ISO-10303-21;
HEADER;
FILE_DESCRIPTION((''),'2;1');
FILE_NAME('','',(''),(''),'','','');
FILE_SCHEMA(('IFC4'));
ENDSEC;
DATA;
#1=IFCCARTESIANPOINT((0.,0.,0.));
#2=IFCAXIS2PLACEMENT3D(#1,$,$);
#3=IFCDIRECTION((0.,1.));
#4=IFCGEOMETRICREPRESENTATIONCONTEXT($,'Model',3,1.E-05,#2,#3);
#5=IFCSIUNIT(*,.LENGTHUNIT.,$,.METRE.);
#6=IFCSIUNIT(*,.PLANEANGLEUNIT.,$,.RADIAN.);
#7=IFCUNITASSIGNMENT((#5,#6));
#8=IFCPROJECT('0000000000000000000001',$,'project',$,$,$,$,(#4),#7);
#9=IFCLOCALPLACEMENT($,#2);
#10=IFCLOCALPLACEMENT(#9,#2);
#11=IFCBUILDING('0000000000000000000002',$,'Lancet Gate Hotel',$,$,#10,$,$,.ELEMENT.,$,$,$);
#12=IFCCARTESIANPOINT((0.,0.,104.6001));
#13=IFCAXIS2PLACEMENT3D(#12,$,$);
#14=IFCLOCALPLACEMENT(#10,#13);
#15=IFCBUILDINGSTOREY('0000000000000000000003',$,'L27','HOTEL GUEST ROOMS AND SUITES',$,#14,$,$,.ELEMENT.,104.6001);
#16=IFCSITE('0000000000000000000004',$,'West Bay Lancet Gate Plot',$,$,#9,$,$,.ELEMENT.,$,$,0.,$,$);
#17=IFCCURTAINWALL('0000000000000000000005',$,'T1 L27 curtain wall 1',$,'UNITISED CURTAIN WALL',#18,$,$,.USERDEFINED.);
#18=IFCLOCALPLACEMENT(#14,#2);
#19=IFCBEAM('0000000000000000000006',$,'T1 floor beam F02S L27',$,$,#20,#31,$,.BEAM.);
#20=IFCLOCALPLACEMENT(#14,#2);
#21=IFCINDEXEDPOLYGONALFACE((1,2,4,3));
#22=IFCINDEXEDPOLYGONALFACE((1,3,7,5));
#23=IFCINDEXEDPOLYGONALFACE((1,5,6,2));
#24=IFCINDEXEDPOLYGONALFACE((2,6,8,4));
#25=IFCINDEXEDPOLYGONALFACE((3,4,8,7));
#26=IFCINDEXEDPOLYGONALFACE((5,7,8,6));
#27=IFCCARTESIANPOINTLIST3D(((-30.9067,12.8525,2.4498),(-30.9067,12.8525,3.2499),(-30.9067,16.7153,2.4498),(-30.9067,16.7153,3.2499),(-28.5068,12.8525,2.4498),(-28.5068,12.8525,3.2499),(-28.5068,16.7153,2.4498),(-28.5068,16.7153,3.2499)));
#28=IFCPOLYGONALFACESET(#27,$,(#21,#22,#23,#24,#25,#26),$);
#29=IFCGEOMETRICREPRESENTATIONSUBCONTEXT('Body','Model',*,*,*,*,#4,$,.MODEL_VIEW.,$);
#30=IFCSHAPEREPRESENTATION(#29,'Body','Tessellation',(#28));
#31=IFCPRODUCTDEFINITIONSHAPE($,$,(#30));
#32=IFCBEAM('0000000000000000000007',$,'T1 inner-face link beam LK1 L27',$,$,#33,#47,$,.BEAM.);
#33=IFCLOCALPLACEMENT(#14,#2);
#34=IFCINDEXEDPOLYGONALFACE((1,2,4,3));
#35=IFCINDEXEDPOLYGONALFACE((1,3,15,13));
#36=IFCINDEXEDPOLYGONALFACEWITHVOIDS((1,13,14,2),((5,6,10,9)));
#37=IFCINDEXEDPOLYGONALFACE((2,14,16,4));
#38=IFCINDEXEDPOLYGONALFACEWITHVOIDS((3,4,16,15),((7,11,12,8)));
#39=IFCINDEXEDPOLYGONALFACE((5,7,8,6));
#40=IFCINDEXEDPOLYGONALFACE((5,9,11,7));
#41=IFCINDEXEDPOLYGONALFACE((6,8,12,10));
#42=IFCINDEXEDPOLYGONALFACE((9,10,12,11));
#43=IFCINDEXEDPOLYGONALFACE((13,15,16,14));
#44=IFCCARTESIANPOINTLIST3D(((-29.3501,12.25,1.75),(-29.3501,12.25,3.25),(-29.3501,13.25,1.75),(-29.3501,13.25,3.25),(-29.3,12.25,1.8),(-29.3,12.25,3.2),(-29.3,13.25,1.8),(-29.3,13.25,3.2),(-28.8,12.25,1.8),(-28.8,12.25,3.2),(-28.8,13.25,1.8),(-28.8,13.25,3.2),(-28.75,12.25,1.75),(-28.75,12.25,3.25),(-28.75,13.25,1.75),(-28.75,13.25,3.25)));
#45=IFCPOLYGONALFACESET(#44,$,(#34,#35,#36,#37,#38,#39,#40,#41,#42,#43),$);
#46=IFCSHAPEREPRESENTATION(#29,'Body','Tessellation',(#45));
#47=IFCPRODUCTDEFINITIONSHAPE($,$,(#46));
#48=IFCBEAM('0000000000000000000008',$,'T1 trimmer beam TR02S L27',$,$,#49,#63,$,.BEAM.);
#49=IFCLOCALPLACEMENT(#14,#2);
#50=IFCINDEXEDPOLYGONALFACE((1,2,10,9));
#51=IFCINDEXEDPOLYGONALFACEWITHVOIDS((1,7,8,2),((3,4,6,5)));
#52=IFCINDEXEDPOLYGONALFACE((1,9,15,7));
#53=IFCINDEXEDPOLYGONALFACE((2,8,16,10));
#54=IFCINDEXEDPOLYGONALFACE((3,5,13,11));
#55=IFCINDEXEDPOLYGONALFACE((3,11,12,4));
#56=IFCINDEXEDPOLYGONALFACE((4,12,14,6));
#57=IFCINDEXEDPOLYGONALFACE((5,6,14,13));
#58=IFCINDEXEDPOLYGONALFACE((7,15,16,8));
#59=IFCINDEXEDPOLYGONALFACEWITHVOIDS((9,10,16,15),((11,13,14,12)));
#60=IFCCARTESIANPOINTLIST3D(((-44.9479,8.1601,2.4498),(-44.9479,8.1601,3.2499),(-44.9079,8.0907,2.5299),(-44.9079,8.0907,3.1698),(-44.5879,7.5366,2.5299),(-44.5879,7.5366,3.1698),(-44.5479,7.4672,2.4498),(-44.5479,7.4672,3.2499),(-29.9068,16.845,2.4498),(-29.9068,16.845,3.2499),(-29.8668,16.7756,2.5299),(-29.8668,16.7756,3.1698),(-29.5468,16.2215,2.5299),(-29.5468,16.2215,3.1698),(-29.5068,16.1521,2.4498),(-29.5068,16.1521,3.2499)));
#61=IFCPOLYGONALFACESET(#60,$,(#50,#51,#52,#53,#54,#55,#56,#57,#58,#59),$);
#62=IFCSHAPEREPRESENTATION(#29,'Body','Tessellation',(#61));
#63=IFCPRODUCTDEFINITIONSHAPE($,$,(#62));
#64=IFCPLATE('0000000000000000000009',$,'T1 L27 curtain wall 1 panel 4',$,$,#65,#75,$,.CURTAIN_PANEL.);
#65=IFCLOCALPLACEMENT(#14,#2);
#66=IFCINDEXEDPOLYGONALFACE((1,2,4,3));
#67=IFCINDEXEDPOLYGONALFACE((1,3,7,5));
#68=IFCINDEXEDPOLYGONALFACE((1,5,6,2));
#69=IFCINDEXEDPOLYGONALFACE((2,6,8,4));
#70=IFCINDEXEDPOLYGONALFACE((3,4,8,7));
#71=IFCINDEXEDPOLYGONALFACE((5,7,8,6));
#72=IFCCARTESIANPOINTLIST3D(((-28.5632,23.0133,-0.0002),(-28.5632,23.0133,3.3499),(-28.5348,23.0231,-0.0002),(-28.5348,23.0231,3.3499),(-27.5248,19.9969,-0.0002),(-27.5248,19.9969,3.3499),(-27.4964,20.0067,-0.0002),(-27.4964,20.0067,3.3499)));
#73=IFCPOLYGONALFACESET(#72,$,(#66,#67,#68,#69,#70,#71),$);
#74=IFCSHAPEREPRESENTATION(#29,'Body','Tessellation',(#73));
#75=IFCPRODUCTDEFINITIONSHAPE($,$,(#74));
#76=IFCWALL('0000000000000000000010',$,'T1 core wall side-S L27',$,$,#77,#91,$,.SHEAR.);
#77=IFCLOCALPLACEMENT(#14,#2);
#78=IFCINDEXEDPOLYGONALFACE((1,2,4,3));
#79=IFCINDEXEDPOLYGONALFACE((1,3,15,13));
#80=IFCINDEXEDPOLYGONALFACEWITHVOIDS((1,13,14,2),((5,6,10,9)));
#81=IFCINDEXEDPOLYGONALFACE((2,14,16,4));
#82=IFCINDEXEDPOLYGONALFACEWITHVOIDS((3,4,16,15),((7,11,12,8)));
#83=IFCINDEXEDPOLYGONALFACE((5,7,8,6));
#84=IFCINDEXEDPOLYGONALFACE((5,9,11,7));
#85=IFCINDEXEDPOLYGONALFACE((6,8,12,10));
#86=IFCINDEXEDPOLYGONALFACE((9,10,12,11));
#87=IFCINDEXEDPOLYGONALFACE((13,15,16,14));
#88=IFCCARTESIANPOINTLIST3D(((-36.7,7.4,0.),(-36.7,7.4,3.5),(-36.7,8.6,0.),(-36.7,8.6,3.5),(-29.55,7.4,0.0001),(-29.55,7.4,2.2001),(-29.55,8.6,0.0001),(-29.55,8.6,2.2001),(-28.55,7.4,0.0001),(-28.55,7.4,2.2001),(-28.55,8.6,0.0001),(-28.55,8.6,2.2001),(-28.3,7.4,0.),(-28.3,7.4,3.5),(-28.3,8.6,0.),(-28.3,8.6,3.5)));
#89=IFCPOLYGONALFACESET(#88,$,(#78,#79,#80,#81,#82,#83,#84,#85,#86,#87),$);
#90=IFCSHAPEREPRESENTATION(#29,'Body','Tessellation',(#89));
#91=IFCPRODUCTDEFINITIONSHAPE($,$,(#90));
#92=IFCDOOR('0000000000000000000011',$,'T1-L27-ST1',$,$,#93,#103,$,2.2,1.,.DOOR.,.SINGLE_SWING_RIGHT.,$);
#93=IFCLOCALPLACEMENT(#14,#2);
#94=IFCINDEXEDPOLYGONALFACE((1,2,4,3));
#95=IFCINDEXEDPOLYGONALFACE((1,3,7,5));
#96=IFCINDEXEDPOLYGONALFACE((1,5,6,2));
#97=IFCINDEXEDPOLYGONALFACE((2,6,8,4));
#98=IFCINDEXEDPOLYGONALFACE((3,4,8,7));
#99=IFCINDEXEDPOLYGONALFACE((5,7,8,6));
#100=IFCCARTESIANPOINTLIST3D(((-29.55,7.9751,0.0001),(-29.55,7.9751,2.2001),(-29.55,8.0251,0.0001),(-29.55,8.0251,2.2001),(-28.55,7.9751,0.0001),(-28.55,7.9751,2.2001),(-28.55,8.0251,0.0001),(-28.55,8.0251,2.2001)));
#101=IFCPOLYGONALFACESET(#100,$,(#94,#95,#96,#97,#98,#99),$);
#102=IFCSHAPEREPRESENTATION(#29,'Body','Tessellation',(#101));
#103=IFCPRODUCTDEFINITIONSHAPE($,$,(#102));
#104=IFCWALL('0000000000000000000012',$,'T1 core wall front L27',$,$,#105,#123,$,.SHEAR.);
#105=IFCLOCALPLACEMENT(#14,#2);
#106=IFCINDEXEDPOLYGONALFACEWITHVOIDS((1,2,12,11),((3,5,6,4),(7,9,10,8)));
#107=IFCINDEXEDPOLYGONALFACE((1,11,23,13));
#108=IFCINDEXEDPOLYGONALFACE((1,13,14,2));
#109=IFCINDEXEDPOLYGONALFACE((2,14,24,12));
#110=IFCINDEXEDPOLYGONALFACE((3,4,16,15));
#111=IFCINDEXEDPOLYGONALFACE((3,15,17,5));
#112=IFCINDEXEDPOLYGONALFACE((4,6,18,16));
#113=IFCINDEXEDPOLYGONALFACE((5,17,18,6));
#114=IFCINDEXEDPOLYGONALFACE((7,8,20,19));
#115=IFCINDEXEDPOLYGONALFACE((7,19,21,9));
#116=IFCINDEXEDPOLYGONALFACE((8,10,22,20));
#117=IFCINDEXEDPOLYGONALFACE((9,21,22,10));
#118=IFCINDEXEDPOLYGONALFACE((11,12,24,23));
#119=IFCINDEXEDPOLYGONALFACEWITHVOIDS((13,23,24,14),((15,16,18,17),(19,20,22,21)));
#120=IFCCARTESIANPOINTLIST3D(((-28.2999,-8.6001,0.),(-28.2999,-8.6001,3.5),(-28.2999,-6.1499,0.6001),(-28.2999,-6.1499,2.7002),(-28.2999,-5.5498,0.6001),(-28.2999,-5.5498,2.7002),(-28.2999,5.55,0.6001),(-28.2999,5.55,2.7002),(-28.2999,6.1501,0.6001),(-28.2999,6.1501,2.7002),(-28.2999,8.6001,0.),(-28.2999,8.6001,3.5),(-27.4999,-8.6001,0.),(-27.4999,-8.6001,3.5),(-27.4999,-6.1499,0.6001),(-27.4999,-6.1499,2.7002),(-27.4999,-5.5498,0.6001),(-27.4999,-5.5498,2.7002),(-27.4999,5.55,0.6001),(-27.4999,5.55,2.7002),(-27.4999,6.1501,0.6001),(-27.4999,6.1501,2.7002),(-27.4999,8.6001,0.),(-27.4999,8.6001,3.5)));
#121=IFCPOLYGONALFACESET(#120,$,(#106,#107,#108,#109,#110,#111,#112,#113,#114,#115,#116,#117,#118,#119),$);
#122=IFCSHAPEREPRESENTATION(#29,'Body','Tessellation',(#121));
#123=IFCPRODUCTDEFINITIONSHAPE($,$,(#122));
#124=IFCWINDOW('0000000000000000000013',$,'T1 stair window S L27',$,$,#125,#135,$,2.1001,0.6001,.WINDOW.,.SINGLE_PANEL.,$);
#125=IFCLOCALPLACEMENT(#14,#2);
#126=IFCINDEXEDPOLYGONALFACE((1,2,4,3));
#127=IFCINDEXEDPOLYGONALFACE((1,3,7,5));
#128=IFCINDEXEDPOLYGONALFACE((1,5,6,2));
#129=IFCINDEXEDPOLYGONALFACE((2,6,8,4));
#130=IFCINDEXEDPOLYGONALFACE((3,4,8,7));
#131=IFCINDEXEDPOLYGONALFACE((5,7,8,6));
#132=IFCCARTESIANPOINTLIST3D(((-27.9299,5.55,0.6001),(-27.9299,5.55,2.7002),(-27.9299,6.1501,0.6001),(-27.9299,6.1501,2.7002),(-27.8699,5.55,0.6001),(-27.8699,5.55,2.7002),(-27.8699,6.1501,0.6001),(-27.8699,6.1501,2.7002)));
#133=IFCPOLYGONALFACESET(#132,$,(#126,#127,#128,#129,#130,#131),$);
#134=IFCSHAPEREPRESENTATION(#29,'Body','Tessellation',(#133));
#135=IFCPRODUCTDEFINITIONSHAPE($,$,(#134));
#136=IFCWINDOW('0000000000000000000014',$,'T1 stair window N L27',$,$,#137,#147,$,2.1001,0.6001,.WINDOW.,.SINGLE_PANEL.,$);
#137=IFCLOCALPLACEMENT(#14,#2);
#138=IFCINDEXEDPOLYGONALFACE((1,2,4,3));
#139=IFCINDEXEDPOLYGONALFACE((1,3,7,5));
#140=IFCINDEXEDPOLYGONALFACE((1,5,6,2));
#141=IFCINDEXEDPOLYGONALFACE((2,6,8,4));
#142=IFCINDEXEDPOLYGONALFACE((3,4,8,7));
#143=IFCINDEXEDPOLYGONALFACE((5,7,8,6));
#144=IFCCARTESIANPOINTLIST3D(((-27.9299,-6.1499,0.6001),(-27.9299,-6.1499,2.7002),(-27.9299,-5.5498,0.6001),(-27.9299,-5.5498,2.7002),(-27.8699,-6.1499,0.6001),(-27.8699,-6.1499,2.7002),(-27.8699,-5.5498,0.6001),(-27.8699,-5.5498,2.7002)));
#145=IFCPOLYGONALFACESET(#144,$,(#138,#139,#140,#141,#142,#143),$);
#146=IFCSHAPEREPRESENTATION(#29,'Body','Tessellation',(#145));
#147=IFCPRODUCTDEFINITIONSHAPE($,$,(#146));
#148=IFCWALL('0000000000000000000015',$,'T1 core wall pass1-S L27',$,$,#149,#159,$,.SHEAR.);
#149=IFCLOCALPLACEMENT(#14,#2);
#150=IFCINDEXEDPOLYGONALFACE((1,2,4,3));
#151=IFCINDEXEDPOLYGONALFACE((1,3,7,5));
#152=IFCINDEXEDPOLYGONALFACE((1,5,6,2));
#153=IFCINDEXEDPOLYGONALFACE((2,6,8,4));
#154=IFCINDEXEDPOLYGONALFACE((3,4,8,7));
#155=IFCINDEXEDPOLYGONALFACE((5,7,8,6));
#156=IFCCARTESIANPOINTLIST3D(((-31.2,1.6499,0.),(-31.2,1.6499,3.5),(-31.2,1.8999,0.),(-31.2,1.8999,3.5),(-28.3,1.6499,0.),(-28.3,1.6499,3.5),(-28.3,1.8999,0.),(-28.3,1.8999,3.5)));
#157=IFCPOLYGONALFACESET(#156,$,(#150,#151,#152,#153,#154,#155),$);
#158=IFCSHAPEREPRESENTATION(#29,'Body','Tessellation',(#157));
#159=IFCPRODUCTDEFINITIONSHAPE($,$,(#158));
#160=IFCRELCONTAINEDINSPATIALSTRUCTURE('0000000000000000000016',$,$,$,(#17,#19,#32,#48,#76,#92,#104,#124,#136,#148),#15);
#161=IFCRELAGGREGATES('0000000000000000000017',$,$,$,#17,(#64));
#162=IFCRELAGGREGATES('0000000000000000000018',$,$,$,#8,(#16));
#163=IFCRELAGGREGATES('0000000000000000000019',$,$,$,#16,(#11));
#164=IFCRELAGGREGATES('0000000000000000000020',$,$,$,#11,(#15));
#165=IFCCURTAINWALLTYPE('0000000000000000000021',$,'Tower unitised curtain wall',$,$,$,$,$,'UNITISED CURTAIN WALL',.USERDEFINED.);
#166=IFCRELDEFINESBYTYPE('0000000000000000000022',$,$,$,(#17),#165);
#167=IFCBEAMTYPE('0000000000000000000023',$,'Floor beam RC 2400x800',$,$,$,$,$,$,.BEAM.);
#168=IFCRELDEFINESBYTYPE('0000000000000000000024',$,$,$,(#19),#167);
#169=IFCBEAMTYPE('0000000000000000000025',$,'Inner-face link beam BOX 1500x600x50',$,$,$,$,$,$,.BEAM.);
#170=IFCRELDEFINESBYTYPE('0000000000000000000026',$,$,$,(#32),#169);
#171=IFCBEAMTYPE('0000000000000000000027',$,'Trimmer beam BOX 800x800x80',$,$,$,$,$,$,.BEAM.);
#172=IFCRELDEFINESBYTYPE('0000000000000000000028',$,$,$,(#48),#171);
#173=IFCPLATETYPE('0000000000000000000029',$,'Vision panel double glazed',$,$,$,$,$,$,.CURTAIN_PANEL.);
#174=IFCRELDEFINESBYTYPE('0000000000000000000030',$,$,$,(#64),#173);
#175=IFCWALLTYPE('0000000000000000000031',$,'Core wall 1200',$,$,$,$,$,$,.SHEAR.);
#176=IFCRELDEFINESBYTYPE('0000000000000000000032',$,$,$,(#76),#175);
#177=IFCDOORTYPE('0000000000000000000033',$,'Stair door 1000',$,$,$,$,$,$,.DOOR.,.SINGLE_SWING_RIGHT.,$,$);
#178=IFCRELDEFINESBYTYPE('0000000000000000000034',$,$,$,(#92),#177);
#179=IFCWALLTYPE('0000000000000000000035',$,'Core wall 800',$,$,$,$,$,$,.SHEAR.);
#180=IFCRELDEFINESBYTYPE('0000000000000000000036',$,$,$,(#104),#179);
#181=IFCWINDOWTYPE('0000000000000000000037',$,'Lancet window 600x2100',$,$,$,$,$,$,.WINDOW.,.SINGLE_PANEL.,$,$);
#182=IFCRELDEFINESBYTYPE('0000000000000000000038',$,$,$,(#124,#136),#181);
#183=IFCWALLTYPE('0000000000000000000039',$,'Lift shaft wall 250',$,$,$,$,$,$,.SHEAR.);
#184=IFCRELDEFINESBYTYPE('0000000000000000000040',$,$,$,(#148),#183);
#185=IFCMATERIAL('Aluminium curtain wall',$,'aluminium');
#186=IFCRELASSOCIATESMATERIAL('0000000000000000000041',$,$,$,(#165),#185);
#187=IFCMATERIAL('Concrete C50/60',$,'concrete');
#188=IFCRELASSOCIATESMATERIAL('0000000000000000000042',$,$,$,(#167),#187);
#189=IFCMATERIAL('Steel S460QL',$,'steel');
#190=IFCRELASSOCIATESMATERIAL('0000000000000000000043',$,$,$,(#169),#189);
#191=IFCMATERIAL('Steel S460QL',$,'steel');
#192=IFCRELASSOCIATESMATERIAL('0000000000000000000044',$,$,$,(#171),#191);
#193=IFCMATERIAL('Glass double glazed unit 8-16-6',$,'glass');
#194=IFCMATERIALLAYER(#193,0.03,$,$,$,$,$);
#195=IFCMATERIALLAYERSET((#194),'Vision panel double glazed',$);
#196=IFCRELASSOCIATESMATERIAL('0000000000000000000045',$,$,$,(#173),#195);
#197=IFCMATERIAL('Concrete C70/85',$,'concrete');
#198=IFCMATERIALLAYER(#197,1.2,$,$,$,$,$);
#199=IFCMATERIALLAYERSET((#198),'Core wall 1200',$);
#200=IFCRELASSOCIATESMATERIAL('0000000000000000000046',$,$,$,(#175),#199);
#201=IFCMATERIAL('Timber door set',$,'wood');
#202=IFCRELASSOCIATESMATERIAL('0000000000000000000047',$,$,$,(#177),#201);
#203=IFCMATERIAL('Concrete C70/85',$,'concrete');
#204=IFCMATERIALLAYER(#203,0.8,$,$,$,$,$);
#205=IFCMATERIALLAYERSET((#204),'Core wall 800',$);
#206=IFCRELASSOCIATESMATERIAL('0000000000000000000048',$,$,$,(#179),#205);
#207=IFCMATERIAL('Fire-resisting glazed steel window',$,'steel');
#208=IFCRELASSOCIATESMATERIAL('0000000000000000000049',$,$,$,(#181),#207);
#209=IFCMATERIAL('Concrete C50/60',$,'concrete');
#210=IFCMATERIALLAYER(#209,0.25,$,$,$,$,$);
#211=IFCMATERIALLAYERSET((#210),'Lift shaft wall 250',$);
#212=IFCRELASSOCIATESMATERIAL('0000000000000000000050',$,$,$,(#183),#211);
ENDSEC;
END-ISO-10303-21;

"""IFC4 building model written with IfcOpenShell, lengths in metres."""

from ifc_helpers import new_model, si_unit, direction, frame, frame_2d, origin, origin_2d, place, context, subcontext, project, spatial, rectangle, hollow_rectangle, extrude, material, layer, layer_set, material_profile, profile_set, type_object, element, fill, aggregate, save


model = new_model("IFC4")

# Units and contexts
model_context = context("Model", 3, precision=1e-05, world=origin(), true_north=direction((0.0, 1.0)))
body_context = subcontext(model_context, "Body", "Model", "MODEL_VIEW")
ifc_project = project(units=[si_unit("LENGTHUNIT", "METRE"), si_unit("PLANEANGLEUNIT", "RADIAN")], contexts=[model_context])

# Site, building, storey
site_placement = place(None, origin())
site = spatial("IfcSite", under=ifc_project, at=site_placement, Name="West Bay Lancet Gate Plot", CompositionType="ELEMENT", RefElevation=0.0)
building_placement = place(site_placement, origin())
building = spatial("IfcBuilding", under=site, at=building_placement, Name="Lancet Gate Hotel", CompositionType="ELEMENT")
storey_placement = place(building_placement, frame((0.0, 0.0, 104.6001)))
storey = spatial("IfcBuildingStorey", under=building, at=storey_placement, Name="L27", Description="HOTEL GUEST ROOMS AND SUITES", CompositionType="ELEMENT", Elevation=104.6001)

# Curtain wall
ifc_material_1 = material(Name="Aluminium curtain wall", Category="aluminium")
curtain_wall_type = type_object("IfcCurtainWallType", Name="Tower unitised curtain wall", ElementType="UNITISED CURTAIN WALL", PredefinedType="USERDEFINED", material=ifc_material_1)
curtain_wall_placement = place(storey_placement, origin())
curtain_wall = element("IfcCurtainWall", 1, at=curtain_wall_placement, inside=storey, type_object=curtain_wall_type, Name="T1 L27 curtain wall 1", ObjectType="UNITISED CURTAIN WALL", PredefinedType="USERDEFINED")

# Beams
ifc_material_2 = material(Name="Concrete C50/60", Category="concrete")
ifc_material_profile_1 = material_profile(ifc_material_2, rectangle(XDim=2.3999, YDim=0.8, at=origin_2d()), Name="RC 2400x800")
ifc_profile_set_1 = profile_set([ifc_material_profile_1], Name="Concrete C50/60")
beam_type_1 = type_object("IfcBeamType", Name="Floor beam RC 2400x800", PredefinedType="BEAM", material=ifc_profile_set_1)
beam_1_placement = place(storey_placement, frame((-29.7068, 16.7153, 2.8499), z_axis=(0.0, -1.0, 0.0), x_axis=(1.0, 0.0, 0.0)))
element("IfcBeam", 2, at=beam_1_placement, inside=storey, type_object=beam_type_1, Name="T1 floor beam F02S L27", PredefinedType="BEAM", context=body_context, shape_type="SweptSolid", body=[
    extrude(rectangle(XDim=2.3999, YDim=0.8, at=origin_2d()), origin(), (0.0, 0.0, 1.0), 3.8628),
])
ifc_material_3 = material(Name="Steel S460QL", Category="steel")
ifc_material_profile_2 = material_profile(ifc_material_3, hollow_rectangle(XDim=0.6001, YDim=1.5, WallThickness=0.05, at=origin_2d()), Name="BOX 1500x600x50")
ifc_profile_set_2 = profile_set([ifc_material_profile_2], Name="Steel S460QL")
beam_type_2 = type_object("IfcBeamType", Name="Inner-face link beam BOX 1500x600x50", PredefinedType="BEAM", material=ifc_profile_set_2)
beam_2_placement = place(storey_placement, frame((-29.05, 13.25, 2.5), z_axis=(0.0, -1.0, 0.0), x_axis=(1.0, 0.0, 0.0)))
element("IfcBeam", 3, at=beam_2_placement, inside=storey, type_object=beam_type_2, Name="T1 inner-face link beam LK1 L27", PredefinedType="BEAM", context=body_context, shape_type="SweptSolid", body=[
    extrude(hollow_rectangle(XDim=0.6001, YDim=1.5, WallThickness=0.05, at=origin_2d()), origin(), (0.0, 0.0, 1.0), 1.0),
])
ifc_material_4 = material(Name="Steel S460QL", Category="steel")
ifc_material_profile_3 = material_profile(ifc_material_4, hollow_rectangle(XDim=0.8, YDim=0.8, WallThickness=0.0801, at=origin_2d()), Name="BOX 800x800x80")
ifc_profile_set_3 = profile_set([ifc_material_profile_3], Name="Steel S460QL")
beam_type_3 = type_object("IfcBeamType", Name="Trimmer beam BOX 800x800x80", PredefinedType="BEAM", material=ifc_profile_set_3)
beam_3_placement = place(storey_placement, frame((-29.7068, 16.4985, 2.8499), z_axis=(-0.866003, -0.500038, 0.0), x_axis=(0.500038, -0.866003, 0.0)))
element("IfcBeam", 4, at=beam_3_placement, inside=storey, type_object=beam_type_3, Name="T1 trimmer beam TR02S L27", PredefinedType="BEAM", context=body_context, shape_type="SweptSolid", body=[
    extrude(hollow_rectangle(XDim=0.8, YDim=0.8, WallThickness=0.0801, at=origin_2d()), origin(), (0.0, 0.0, 1.0), 17.3684),
])

# Plate
ifc_material_5 = material(Name="Glass double glazed unit 8-16-6", Category="glass")
ifc_layer_1 = layer(ifc_material_5, 0.03)
ifc_layer_set_1 = layer_set([ifc_layer_1], Name="Vision panel double glazed")
plate_type = type_object("IfcPlateType", Name="Vision panel double glazed", PredefinedType="CURTAIN_PANEL", material=ifc_layer_set_1)
plate_placement = place(storey_placement, frame((-28.0298, 21.51, -0.0002), z_axis=(0.0, 0.0, 1.0), x_axis=(-0.325516, 0.945537, 0.0)))
plate = element("IfcPlate", 5, at=plate_placement, type_object=plate_type, Name="T1 L27 curtain wall 1 panel 4", PredefinedType="CURTAIN_PANEL", context=body_context, shape_type="SweptSolid", body=[
    extrude(rectangle(XDim=3.1902, YDim=0.03, at=origin_2d()), origin(), (0.0, 0.0, 1.0), 3.3501),
])
aggregate(curtain_wall, [plate])

# Wall, opening, door
ifc_material_6 = material(Name="Concrete C70/85", Category="concrete")
ifc_layer_2 = layer(ifc_material_6, 1.2)
ifc_layer_set_2 = layer_set([ifc_layer_2], Name="Core wall 1200")
wall_type_1 = type_object("IfcWallType", Name="Core wall 1200", PredefinedType="SHEAR", material=ifc_layer_set_2)
wall_1_placement = place(storey_placement, frame((-28.3, 8.0, 0.0), z_axis=(0.0, 0.0, 1.0), x_axis=(-1.0, 0.0, 0.0)))
wall_1 = element("IfcWall", 6, at=wall_1_placement, inside=storey, type_object=wall_type_1, Name="T1 core wall side-S L27", PredefinedType="SHEAR", context=body_context, shape_type="SweptSolid", body=[
    extrude(rectangle(XDim=8.3999, YDim=1.2, at=frame_2d((4.2, 0.0))), origin(), (0.0, 0.0, 1.0), 3.5),
])
opening_1_placement = place(wall_1_placement, frame((0.25, 0.0, 0.0)))
opening_1 = element("IfcOpeningElement", 7, at=opening_1_placement, cuts=wall_1, PredefinedType="OPENING", context=body_context, shape_type="SweptSolid", body=[
    extrude(rectangle(XDim=1.0, YDim=2.2, at=frame_2d((0.5, 1.1001))), frame((0.0, 0.6099, 0.0), z_axis=(0.0, -1.0, 0.0), x_axis=(1.0, 0.0, 0.0)), (0.0, 0.0, 1.0), 1.22),
])
ifc_material_7 = material(Name="Timber door set", Category="wood")
door_type = type_object("IfcDoorType", Name="Stair door 1000", OperationType="SINGLE_SWING_RIGHT", PredefinedType="DOOR", material=ifc_material_7)
door_placement = place(opening_1_placement, origin())
door = element("IfcDoor", 8, at=door_placement, inside=storey, type_object=door_type, Name="T1-L27-ST1", OperationType="SINGLE_SWING_RIGHT", OverallHeight=2.2, OverallWidth=1.0, PredefinedType="DOOR", context=body_context, shape_type="SweptSolid", body=[
    extrude(rectangle(XDim=1.0, YDim=2.2, at=frame_2d((0.5, 1.1001))), frame((0.0, 0.0249, 0.0), z_axis=(0.0, -1.0, 0.0), x_axis=(1.0, 0.0, 0.0)), (0.0, 0.0, 1.0), 0.05),
])
fill(opening_1, door)

# Wall, openings, windows
ifc_material_8 = material(Name="Concrete C70/85", Category="concrete")
ifc_layer_3 = layer(ifc_material_8, 0.8)
ifc_layer_set_3 = layer_set([ifc_layer_3], Name="Core wall 800")
wall_type_2 = type_object("IfcWallType", Name="Core wall 800", PredefinedType="SHEAR", material=ifc_layer_set_3)
wall_2_placement = place(storey_placement, frame((-27.8999, 8.6001, 0.0), z_axis=(0.0, 0.0, 1.0), x_axis=(0.0, -1.0, 0.0)))
wall_2 = element("IfcWall", 9, at=wall_2_placement, inside=storey, type_object=wall_type_2, Name="T1 core wall front L27", PredefinedType="SHEAR", context=body_context, shape_type="SweptSolid", body=[
    extrude(rectangle(XDim=17.2002, YDim=0.8, at=frame_2d((8.6001, 0.0))), origin(), (0.0, 0.0, 1.0), 3.5),
])
opening_2_placement = place(wall_2_placement, frame((2.45, 0.0, 0.6001)))
opening_2 = element("IfcOpeningElement", 10, at=opening_2_placement, cuts=wall_2, PredefinedType="OPENING", context=body_context, shape_type="SweptSolid", body=[
    extrude(rectangle(XDim=0.6001, YDim=2.1001, at=frame_2d((0.3, 1.05))), frame((0.0, 0.4099, 0.0), z_axis=(0.0, -1.0, 0.0), x_axis=(1.0, 0.0, 0.0)), (0.0, 0.0, 1.0), 0.8201),
])
opening_3_placement = place(wall_2_placement, frame((14.1499, 0.0, 0.6001)))
opening_3 = element("IfcOpeningElement", 11, at=opening_3_placement, cuts=wall_2, PredefinedType="OPENING", context=body_context, shape_type="SweptSolid", body=[
    extrude(rectangle(XDim=0.6001, YDim=2.1001, at=frame_2d((0.3, 1.05))), frame((0.0, 0.4099, 0.0), z_axis=(0.0, -1.0, 0.0), x_axis=(1.0, 0.0, 0.0)), (0.0, 0.0, 1.0), 0.8201),
])
ifc_material_9 = material(Name="Fire-resisting glazed steel window", Category="steel")
window_type = type_object("IfcWindowType", Name="Lancet window 600x2100", PartitioningType="SINGLE_PANEL", PredefinedType="WINDOW", material=ifc_material_9)
window_1_placement = place(opening_2_placement, origin())
window_1 = element("IfcWindow", 12, at=window_1_placement, inside=storey, type_object=window_type, Name="T1 stair window S L27", OverallHeight=2.1001, OverallWidth=0.6001, PartitioningType="SINGLE_PANEL", PredefinedType="WINDOW", context=body_context, shape_type="SweptSolid", body=[
    extrude(rectangle(XDim=0.6001, YDim=2.1001, at=frame_2d((0.3, 1.05))), frame((0.0, 0.03, 0.0), z_axis=(0.0, -1.0, 0.0), x_axis=(1.0, 0.0, 0.0)), (0.0, 0.0, 1.0), 0.0601),
])
fill(opening_2, window_1)
window_2_placement = place(opening_3_placement, origin())
window_2 = element("IfcWindow", 13, at=window_2_placement, inside=storey, type_object=window_type, Name="T1 stair window N L27", OverallHeight=2.1001, OverallWidth=0.6001, PartitioningType="SINGLE_PANEL", PredefinedType="WINDOW", context=body_context, shape_type="SweptSolid", body=[
    extrude(rectangle(XDim=0.6001, YDim=2.1001, at=frame_2d((0.3, 1.05))), frame((0.0, 0.03, 0.0), z_axis=(0.0, -1.0, 0.0), x_axis=(1.0, 0.0, 0.0)), (0.0, 0.0, 1.0), 0.0601),
])
fill(opening_3, window_2)

# Wall
ifc_material_10 = material(Name="Concrete C50/60", Category="concrete")
ifc_layer_4 = layer(ifc_material_10, 0.25)
ifc_layer_set_4 = layer_set([ifc_layer_4], Name="Lift shaft wall 250")
wall_type_3 = type_object("IfcWallType", Name="Lift shaft wall 250", PredefinedType="SHEAR", material=ifc_layer_set_4)
wall_3_placement = place(storey_placement, frame((-28.3, 1.7749, 0.0), z_axis=(0.0, 0.0, 1.0), x_axis=(-1.0, 0.0, 0.0)))
element("IfcWall", 14, at=wall_3_placement, inside=storey, type_object=wall_type_3, Name="T1 core wall pass1-S L27", PredefinedType="SHEAR", context=body_context, shape_type="SweptSolid", body=[
    extrude(rectangle(XDim=2.8999, YDim=0.25, at=frame_2d((1.45, 0.0))), origin(), (0.0, 0.0, 1.0), 3.5),
])

save(model, "model.ifc")
